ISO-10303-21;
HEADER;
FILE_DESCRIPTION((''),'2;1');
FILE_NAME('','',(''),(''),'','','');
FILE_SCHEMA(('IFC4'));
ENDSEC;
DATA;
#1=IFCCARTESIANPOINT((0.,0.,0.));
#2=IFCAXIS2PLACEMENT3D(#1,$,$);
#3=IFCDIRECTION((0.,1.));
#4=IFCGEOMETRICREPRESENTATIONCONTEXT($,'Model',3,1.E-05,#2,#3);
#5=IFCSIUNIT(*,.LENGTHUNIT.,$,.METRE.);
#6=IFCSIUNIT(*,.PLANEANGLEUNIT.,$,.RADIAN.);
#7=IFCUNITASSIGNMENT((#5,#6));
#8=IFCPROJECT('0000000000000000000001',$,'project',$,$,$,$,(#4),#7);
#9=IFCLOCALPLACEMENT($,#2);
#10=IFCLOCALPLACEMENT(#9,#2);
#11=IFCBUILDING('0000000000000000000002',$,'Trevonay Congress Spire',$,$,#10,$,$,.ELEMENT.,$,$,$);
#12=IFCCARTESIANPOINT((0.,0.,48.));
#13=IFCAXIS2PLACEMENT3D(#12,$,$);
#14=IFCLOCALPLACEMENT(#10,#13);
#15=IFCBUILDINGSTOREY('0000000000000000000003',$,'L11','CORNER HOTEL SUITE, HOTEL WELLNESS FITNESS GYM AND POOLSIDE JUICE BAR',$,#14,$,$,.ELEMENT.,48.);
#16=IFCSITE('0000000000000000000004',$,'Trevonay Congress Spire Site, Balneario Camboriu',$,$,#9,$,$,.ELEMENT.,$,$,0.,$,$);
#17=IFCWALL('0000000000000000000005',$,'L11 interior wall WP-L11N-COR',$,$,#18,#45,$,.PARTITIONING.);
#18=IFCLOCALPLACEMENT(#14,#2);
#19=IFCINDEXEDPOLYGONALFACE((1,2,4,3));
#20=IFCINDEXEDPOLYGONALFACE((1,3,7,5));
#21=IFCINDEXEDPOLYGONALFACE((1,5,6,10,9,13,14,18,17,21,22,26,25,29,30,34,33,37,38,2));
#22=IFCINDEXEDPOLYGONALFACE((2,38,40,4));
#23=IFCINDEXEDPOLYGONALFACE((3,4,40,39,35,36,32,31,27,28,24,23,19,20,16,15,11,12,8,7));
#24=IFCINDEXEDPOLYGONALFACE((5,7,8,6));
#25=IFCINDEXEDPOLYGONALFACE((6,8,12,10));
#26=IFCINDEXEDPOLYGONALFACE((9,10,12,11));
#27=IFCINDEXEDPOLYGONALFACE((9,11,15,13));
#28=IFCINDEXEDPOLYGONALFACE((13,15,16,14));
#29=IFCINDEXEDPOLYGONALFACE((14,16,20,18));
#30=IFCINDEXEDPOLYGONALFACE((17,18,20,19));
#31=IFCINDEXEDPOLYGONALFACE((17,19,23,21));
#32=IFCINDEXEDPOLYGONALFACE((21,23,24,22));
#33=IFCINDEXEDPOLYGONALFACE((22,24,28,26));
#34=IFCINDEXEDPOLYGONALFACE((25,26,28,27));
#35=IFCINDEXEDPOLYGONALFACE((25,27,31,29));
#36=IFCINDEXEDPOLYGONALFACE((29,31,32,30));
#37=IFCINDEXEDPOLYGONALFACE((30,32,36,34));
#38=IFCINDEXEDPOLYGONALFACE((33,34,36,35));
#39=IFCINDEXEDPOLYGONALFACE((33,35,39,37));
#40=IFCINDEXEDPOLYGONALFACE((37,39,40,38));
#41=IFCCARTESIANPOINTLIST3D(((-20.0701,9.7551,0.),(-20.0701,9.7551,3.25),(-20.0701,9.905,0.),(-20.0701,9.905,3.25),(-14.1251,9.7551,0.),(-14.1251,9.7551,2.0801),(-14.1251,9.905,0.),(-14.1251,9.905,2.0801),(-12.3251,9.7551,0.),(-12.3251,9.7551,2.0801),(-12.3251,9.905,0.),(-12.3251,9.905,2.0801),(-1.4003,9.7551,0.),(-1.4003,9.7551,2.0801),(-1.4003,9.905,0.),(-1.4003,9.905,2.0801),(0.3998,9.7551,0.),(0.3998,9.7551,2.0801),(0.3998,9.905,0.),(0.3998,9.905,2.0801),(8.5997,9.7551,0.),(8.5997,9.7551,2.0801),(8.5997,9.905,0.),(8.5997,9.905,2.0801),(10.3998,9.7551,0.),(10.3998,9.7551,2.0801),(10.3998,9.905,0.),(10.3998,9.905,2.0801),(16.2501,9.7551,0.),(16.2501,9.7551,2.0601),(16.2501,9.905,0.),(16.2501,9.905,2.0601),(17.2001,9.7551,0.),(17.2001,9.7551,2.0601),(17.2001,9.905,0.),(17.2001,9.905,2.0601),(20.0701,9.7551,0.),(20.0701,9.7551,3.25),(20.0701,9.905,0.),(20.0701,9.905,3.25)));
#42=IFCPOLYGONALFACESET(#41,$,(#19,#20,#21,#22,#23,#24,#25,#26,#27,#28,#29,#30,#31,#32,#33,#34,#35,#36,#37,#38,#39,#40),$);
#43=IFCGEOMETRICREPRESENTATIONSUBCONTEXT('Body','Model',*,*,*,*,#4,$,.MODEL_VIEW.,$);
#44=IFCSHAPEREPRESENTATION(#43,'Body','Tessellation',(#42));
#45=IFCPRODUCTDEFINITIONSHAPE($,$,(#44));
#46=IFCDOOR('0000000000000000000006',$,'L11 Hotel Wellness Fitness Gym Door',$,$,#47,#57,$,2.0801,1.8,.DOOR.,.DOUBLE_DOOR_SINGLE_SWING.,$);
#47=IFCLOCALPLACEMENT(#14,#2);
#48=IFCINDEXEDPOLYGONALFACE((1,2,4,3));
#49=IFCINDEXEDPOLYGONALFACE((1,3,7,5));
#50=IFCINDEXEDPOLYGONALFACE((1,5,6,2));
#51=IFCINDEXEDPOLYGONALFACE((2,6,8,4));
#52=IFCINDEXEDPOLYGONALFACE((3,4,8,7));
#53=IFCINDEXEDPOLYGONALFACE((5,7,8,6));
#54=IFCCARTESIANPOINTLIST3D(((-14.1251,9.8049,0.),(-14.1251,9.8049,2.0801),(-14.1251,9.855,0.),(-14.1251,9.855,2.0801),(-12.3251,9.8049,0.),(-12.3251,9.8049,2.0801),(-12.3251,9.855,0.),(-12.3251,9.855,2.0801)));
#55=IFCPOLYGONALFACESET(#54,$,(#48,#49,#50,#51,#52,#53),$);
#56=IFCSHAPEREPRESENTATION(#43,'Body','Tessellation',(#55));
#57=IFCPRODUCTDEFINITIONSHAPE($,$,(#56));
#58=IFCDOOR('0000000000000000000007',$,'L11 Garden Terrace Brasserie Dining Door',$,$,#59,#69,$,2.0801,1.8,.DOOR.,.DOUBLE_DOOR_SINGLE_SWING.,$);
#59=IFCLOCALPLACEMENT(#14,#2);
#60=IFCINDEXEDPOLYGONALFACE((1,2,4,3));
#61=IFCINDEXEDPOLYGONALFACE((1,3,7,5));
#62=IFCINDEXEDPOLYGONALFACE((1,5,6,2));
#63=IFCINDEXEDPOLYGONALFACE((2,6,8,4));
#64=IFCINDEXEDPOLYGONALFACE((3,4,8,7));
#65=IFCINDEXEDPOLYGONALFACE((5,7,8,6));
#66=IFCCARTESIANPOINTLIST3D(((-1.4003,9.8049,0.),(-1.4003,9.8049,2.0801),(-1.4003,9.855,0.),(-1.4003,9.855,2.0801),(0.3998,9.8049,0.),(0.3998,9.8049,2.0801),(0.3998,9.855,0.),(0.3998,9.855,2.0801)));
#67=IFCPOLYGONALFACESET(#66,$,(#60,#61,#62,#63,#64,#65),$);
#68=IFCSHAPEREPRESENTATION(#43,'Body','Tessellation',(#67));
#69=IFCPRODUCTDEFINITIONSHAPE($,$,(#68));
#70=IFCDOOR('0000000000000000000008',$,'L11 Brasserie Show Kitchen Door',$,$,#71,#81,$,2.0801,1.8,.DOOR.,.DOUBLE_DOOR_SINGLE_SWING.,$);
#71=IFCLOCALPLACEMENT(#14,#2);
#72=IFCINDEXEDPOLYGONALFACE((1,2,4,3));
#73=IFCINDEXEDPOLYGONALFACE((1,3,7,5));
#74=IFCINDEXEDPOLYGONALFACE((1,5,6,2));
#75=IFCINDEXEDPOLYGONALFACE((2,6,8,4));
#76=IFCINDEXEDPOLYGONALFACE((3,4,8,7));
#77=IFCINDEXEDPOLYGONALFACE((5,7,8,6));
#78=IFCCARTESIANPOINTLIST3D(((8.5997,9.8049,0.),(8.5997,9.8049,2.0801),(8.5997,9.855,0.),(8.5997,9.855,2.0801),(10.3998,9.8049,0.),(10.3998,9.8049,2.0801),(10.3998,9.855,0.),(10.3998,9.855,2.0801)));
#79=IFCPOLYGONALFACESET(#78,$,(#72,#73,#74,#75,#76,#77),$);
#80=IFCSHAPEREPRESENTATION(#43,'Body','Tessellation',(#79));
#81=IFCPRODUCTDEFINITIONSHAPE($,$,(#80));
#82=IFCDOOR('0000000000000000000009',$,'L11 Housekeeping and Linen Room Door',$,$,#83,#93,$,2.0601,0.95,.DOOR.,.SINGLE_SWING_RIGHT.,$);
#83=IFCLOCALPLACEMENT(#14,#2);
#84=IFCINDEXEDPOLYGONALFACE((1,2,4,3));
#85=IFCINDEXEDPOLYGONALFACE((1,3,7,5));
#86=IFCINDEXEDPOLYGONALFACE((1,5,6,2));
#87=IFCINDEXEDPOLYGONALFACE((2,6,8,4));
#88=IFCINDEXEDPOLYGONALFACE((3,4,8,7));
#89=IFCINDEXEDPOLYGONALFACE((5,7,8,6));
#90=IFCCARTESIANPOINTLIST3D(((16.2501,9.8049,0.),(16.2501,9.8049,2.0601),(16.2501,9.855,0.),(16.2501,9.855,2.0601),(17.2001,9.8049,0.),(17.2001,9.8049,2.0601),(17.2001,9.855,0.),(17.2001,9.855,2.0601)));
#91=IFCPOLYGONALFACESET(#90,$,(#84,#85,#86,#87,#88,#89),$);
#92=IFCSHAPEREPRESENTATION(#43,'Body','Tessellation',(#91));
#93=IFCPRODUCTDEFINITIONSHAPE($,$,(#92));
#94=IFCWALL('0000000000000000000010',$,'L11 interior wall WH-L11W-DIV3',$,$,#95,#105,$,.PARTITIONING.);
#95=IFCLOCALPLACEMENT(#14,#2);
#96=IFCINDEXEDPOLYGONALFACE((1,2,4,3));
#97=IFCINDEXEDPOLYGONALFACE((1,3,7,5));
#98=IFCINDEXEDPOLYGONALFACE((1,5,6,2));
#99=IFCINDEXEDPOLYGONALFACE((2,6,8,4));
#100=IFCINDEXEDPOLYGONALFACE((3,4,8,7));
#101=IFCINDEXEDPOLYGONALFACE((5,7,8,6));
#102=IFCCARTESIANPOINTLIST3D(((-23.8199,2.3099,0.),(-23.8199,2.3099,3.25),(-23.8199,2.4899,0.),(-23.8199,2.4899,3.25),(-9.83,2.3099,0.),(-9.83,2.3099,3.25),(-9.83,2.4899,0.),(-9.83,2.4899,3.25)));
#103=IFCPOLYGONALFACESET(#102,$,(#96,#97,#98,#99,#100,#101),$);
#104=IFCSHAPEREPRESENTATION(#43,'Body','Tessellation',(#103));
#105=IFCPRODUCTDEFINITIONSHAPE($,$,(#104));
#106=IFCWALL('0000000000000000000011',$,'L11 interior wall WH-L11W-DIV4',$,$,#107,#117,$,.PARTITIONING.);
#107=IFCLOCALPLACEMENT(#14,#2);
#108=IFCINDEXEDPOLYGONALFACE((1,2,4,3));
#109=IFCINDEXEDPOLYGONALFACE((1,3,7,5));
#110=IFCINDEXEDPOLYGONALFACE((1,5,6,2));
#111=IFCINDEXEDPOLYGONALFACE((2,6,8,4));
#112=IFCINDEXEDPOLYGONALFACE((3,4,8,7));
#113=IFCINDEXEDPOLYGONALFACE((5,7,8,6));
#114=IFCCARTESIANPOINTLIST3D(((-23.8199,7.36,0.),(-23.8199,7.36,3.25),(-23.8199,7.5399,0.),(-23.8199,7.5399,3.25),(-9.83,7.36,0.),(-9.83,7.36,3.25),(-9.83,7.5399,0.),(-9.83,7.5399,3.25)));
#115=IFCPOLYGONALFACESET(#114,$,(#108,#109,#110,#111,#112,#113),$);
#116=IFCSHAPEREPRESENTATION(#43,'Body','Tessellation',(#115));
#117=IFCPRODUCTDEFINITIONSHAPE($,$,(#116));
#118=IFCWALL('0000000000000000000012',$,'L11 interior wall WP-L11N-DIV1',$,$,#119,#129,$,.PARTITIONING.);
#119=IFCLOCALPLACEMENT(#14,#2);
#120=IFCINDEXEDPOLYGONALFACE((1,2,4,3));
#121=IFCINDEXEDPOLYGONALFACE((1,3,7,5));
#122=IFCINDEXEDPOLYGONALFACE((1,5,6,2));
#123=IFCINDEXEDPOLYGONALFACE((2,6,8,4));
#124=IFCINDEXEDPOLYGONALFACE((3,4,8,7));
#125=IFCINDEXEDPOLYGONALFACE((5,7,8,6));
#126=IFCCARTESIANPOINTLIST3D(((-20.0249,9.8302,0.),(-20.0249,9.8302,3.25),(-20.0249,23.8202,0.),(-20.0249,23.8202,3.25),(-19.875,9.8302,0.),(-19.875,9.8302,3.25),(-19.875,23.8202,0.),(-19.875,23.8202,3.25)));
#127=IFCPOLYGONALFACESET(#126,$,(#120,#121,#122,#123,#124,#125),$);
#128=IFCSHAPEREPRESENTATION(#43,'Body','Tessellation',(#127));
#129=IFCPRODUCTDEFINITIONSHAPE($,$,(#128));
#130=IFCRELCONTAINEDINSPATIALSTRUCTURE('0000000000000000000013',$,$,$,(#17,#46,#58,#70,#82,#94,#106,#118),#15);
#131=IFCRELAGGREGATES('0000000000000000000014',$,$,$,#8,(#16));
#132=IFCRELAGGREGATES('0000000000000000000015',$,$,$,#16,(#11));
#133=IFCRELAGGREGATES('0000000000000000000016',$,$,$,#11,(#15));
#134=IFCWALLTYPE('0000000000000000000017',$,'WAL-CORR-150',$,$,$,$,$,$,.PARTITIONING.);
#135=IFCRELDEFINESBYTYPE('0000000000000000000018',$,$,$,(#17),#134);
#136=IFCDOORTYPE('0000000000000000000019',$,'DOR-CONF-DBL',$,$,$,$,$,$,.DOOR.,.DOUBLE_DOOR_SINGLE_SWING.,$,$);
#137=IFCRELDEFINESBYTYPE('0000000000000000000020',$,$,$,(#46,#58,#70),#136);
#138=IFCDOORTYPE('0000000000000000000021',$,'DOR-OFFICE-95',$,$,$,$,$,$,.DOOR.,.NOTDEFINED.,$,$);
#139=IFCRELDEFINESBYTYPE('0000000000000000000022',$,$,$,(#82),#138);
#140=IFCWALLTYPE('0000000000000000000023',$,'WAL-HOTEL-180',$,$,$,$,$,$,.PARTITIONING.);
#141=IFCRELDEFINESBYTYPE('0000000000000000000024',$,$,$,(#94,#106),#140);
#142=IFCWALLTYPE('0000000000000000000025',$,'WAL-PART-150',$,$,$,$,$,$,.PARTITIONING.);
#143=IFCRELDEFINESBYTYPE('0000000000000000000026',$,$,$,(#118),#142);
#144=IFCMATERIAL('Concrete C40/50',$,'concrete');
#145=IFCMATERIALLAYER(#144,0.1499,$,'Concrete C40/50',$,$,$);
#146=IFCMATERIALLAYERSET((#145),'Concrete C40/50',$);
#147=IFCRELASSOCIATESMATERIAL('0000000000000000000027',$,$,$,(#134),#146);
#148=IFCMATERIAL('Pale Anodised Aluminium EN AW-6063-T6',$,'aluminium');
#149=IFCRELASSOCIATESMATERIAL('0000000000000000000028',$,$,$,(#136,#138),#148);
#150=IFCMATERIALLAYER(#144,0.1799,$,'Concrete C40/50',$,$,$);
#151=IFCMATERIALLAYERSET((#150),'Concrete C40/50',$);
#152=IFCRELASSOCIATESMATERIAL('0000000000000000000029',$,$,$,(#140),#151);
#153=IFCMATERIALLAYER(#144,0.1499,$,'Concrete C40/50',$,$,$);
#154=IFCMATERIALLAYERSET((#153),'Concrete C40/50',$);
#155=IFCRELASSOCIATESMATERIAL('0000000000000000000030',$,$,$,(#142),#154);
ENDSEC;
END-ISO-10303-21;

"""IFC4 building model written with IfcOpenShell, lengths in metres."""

from ifc_helpers import new_model, si_unit, direction, frame, frame_2d, origin, place, context, subcontext, project, spatial, rectangle, extrude, material, layer, layer_set, type_object, element, fill, save


model = new_model("IFC4")

# Units and contexts
model_context = context("Model", 3, precision=1e-05, world=origin(), true_north=direction((0.0, 1.0)))
body_context = subcontext(model_context, "Body", "Model", "MODEL_VIEW")
ifc_project = project(units=[si_unit("LENGTHUNIT", "METRE"), si_unit("PLANEANGLEUNIT", "RADIAN")], contexts=[model_context])

# Site, building, storey
site_placement = place(None, origin())
site = spatial("IfcSite", under=ifc_project, at=site_placement, Name="Trevonay Congress Spire Site, Balneario Camboriu", CompositionType="ELEMENT", RefElevation=0.0)
building_placement = place(site_placement, origin())
building = spatial("IfcBuilding", under=site, at=building_placement, Name="Trevonay Congress Spire", CompositionType="ELEMENT")
storey_placement = place(building_placement, frame((0.0, 0.0, 48.0)))
storey = spatial("IfcBuildingStorey", under=building, at=storey_placement, Name="L11", Description="CORNER HOTEL SUITE, HOTEL WELLNESS FITNESS GYM AND POOLSIDE JUICE BAR", CompositionType="ELEMENT", Elevation=48.0)

# Shared definitions
ifc_material_1 = material(Name="Pale Anodised Aluminium EN AW-6063-T6", Category="aluminium")

# Shared definitions
ifc_material_2 = material(Name="Concrete C40/50", Category="concrete")

# Wall, openings, doors
ifc_layer_1 = layer(ifc_material_2, 0.1499, Name="Concrete C40/50")
ifc_layer_set_1 = layer_set([ifc_layer_1], Name="Concrete C40/50")
wall_type_1 = type_object("IfcWallType", Name="WAL-CORR-150", PredefinedType="PARTITIONING", material=ifc_layer_set_1)
wall_1_placement = place(storey_placement, frame((-20.0701, 9.8301, 0.0), z_axis=(0.0, 0.0, 1.0), x_axis=(1.0, 0.0, 0.0)))
wall_1 = element("IfcWall", 1, at=wall_1_placement, inside=storey, type_object=wall_type_1, Name="L11 interior wall WP-L11N-COR", PredefinedType="PARTITIONING", context=body_context, shape_type="SweptSolid", body=[
    extrude(rectangle(XDim=40.1401, YDim=0.1499, at=frame_2d((20.0701, 0.0))), origin(), (0.0, 0.0, 1.0), 3.25),
])
opening_1_placement = place(wall_1_placement, frame((5.9451, 0.0, 0.0)))
opening_1 = element("IfcOpeningElement", 2, at=opening_1_placement, cuts=wall_1, PredefinedType="OPENING", context=body_context, shape_type="SweptSolid", body=[
    extrude(rectangle(XDim=1.8, YDim=2.0801, at=frame_2d((0.8999, 1.04))), frame((0.0, 0.085, 0.0), z_axis=(0.0, -1.0, 0.0), x_axis=(1.0, 0.0, 0.0)), (0.0, 0.0, 1.0), 0.1699),
])
opening_2_placement = place(wall_1_placement, frame((18.6699, 0.0, 0.0)))
opening_2 = element("IfcOpeningElement", 3, at=opening_2_placement, cuts=wall_1, PredefinedType="OPENING", context=body_context, shape_type="SweptSolid", body=[
    extrude(rectangle(XDim=1.8, YDim=2.0801, at=frame_2d((0.8999, 1.04))), frame((0.0, 0.085, 0.0), z_axis=(0.0, -1.0, 0.0), x_axis=(1.0, 0.0, 0.0)), (0.0, 0.0, 1.0), 0.1699),
])
opening_3_placement = place(wall_1_placement, frame((28.6699, 0.0, 0.0)))
opening_3 = element("IfcOpeningElement", 4, at=opening_3_placement, cuts=wall_1, PredefinedType="OPENING", context=body_context, shape_type="SweptSolid", body=[
    extrude(rectangle(XDim=1.8, YDim=2.0801, at=frame_2d((0.8999, 1.04))), frame((0.0, 0.085, 0.0), z_axis=(0.0, -1.0, 0.0), x_axis=(1.0, 0.0, 0.0)), (0.0, 0.0, 1.0), 0.1699),
])
opening_4_placement = place(wall_1_placement, frame((36.3201, 0.0, 0.0)))
opening_4 = element("IfcOpeningElement", 5, at=opening_4_placement, cuts=wall_1, PredefinedType="OPENING", context=body_context, shape_type="SweptSolid", body=[
    extrude(rectangle(XDim=0.95, YDim=2.0601, at=frame_2d((0.4751, 1.03))), frame((0.0, 0.085, 0.0), z_axis=(0.0, -1.0, 0.0), x_axis=(1.0, 0.0, 0.0)), (0.0, 0.0, 1.0), 0.1699),
])
door_type_1 = type_object("IfcDoorType", Name="DOR-CONF-DBL", OperationType="DOUBLE_DOOR_SINGLE_SWING", PredefinedType="DOOR", material=ifc_material_1)
door_1_placement = place(opening_1_placement, origin())
door_1 = element("IfcDoor", 6, at=door_1_placement, inside=storey, type_object=door_type_1, Name="L11 Hotel Wellness Fitness Gym Door", OperationType="DOUBLE_DOOR_SINGLE_SWING", OverallHeight=2.0801, OverallWidth=1.8, PredefinedType="DOOR", context=body_context, shape_type="SweptSolid", body=[
    extrude(rectangle(XDim=1.8, YDim=2.0801, at=frame_2d((0.8999, 1.04))), frame((0.0, 0.0249, 0.0), z_axis=(0.0, -1.0, 0.0), x_axis=(1.0, 0.0, 0.0)), (0.0, 0.0, 1.0), 0.05),
])
fill(opening_1, door_1)
door_2_placement = place(opening_2_placement, origin())
door_2 = element("IfcDoor", 7, at=door_2_placement, inside=storey, type_object=door_type_1, Name="L11 Garden Terrace Brasserie Dining Door", OperationType="DOUBLE_DOOR_SINGLE_SWING", OverallHeight=2.0801, OverallWidth=1.8, PredefinedType="DOOR", context=body_context, shape_type="SweptSolid", body=[
    extrude(rectangle(XDim=1.8, YDim=2.0801, at=frame_2d((0.8999, 1.04))), frame((0.0, 0.0249, 0.0), z_axis=(0.0, -1.0, 0.0), x_axis=(1.0, 0.0, 0.0)), (0.0, 0.0, 1.0), 0.05),
])
fill(opening_2, door_2)
door_3_placement = place(opening_3_placement, origin())
door_3 = element("IfcDoor", 8, at=door_3_placement, inside=storey, type_object=door_type_1, Name="L11 Brasserie Show Kitchen Door", OperationType="DOUBLE_DOOR_SINGLE_SWING", OverallHeight=2.0801, OverallWidth=1.8, PredefinedType="DOOR", context=body_context, shape_type="SweptSolid", body=[
    extrude(rectangle(XDim=1.8, YDim=2.0801, at=frame_2d((0.8999, 1.04))), frame((0.0, 0.0249, 0.0), z_axis=(0.0, -1.0, 0.0), x_axis=(1.0, 0.0, 0.0)), (0.0, 0.0, 1.0), 0.05),
])
fill(opening_3, door_3)
door_type_2 = type_object("IfcDoorType", Name="DOR-OFFICE-95", OperationType="NOTDEFINED", PredefinedType="DOOR", material=ifc_material_1)
door_4_placement = place(opening_4_placement, origin())
door_4 = element("IfcDoor", 9, at=door_4_placement, inside=storey, type_object=door_type_2, Name="L11 Housekeeping and Linen Room Door", OperationType="SINGLE_SWING_RIGHT", OverallHeight=2.0601, OverallWidth=0.95, PredefinedType="DOOR", context=body_context, shape_type="SweptSolid", body=[
    extrude(rectangle(XDim=0.95, YDim=2.0601, at=frame_2d((0.4751, 1.03))), frame((0.0, 0.0249, 0.0), z_axis=(0.0, -1.0, 0.0), x_axis=(1.0, 0.0, 0.0)), (0.0, 0.0, 1.0), 0.05),
])
fill(opening_4, door_4)

# Walls
ifc_layer_2 = layer(ifc_material_2, 0.1799, Name="Concrete C40/50")
ifc_layer_set_2 = layer_set([ifc_layer_2], Name="Concrete C40/50")
wall_type_2 = type_object("IfcWallType", Name="WAL-HOTEL-180", PredefinedType="PARTITIONING", material=ifc_layer_set_2)
for number, where, z_axis, x_axis, name in (
    (10, (-23.8201, 2.3999, 0.0), (0.0, 0.0, 1.0), (1.0, 0.0, 0.0), "L11 interior wall WH-L11W-DIV3"),
    (11, (-23.8201, 7.45, 0.0), (0.0, 0.0, 1.0), (1.0, 0.0, 0.0), "L11 interior wall WH-L11W-DIV4"),
):
    element("IfcWall", number, at=place(storey_placement, frame(where, z_axis=z_axis, x_axis=x_axis)), inside=storey, type_object=wall_type_2, Name=name, PredefinedType="PARTITIONING", context=body_context, shape_type="SweptSolid", body=[
        extrude(rectangle(XDim=13.99, YDim=0.1799, at=frame_2d((6.9951, 0.0))), origin(), (0.0, 0.0, 1.0), 3.25),
    ])
ifc_layer_3 = layer(ifc_material_2, 0.1499, Name="Concrete C40/50")
ifc_layer_set_3 = layer_set([ifc_layer_3], Name="Concrete C40/50")
wall_type_3 = type_object("IfcWallType", Name="WAL-PART-150", PredefinedType="PARTITIONING", material=ifc_layer_set_3)
wall_2_placement = place(storey_placement, frame((-19.95, 9.8301, 0.0), z_axis=(0.0, 0.0, 1.0), x_axis=(0.0, 1.0, 0.0)))
element("IfcWall", 12, at=wall_2_placement, inside=storey, type_object=wall_type_3, Name="L11 interior wall WP-L11N-DIV1", PredefinedType="PARTITIONING", context=body_context, shape_type="SweptSolid", body=[
    extrude(rectangle(XDim=13.99, YDim=0.1499, at=frame_2d((6.9951, 0.0))), origin(), (0.0, 0.0, 1.0), 3.25),
])

save(model, "model.ifc")
